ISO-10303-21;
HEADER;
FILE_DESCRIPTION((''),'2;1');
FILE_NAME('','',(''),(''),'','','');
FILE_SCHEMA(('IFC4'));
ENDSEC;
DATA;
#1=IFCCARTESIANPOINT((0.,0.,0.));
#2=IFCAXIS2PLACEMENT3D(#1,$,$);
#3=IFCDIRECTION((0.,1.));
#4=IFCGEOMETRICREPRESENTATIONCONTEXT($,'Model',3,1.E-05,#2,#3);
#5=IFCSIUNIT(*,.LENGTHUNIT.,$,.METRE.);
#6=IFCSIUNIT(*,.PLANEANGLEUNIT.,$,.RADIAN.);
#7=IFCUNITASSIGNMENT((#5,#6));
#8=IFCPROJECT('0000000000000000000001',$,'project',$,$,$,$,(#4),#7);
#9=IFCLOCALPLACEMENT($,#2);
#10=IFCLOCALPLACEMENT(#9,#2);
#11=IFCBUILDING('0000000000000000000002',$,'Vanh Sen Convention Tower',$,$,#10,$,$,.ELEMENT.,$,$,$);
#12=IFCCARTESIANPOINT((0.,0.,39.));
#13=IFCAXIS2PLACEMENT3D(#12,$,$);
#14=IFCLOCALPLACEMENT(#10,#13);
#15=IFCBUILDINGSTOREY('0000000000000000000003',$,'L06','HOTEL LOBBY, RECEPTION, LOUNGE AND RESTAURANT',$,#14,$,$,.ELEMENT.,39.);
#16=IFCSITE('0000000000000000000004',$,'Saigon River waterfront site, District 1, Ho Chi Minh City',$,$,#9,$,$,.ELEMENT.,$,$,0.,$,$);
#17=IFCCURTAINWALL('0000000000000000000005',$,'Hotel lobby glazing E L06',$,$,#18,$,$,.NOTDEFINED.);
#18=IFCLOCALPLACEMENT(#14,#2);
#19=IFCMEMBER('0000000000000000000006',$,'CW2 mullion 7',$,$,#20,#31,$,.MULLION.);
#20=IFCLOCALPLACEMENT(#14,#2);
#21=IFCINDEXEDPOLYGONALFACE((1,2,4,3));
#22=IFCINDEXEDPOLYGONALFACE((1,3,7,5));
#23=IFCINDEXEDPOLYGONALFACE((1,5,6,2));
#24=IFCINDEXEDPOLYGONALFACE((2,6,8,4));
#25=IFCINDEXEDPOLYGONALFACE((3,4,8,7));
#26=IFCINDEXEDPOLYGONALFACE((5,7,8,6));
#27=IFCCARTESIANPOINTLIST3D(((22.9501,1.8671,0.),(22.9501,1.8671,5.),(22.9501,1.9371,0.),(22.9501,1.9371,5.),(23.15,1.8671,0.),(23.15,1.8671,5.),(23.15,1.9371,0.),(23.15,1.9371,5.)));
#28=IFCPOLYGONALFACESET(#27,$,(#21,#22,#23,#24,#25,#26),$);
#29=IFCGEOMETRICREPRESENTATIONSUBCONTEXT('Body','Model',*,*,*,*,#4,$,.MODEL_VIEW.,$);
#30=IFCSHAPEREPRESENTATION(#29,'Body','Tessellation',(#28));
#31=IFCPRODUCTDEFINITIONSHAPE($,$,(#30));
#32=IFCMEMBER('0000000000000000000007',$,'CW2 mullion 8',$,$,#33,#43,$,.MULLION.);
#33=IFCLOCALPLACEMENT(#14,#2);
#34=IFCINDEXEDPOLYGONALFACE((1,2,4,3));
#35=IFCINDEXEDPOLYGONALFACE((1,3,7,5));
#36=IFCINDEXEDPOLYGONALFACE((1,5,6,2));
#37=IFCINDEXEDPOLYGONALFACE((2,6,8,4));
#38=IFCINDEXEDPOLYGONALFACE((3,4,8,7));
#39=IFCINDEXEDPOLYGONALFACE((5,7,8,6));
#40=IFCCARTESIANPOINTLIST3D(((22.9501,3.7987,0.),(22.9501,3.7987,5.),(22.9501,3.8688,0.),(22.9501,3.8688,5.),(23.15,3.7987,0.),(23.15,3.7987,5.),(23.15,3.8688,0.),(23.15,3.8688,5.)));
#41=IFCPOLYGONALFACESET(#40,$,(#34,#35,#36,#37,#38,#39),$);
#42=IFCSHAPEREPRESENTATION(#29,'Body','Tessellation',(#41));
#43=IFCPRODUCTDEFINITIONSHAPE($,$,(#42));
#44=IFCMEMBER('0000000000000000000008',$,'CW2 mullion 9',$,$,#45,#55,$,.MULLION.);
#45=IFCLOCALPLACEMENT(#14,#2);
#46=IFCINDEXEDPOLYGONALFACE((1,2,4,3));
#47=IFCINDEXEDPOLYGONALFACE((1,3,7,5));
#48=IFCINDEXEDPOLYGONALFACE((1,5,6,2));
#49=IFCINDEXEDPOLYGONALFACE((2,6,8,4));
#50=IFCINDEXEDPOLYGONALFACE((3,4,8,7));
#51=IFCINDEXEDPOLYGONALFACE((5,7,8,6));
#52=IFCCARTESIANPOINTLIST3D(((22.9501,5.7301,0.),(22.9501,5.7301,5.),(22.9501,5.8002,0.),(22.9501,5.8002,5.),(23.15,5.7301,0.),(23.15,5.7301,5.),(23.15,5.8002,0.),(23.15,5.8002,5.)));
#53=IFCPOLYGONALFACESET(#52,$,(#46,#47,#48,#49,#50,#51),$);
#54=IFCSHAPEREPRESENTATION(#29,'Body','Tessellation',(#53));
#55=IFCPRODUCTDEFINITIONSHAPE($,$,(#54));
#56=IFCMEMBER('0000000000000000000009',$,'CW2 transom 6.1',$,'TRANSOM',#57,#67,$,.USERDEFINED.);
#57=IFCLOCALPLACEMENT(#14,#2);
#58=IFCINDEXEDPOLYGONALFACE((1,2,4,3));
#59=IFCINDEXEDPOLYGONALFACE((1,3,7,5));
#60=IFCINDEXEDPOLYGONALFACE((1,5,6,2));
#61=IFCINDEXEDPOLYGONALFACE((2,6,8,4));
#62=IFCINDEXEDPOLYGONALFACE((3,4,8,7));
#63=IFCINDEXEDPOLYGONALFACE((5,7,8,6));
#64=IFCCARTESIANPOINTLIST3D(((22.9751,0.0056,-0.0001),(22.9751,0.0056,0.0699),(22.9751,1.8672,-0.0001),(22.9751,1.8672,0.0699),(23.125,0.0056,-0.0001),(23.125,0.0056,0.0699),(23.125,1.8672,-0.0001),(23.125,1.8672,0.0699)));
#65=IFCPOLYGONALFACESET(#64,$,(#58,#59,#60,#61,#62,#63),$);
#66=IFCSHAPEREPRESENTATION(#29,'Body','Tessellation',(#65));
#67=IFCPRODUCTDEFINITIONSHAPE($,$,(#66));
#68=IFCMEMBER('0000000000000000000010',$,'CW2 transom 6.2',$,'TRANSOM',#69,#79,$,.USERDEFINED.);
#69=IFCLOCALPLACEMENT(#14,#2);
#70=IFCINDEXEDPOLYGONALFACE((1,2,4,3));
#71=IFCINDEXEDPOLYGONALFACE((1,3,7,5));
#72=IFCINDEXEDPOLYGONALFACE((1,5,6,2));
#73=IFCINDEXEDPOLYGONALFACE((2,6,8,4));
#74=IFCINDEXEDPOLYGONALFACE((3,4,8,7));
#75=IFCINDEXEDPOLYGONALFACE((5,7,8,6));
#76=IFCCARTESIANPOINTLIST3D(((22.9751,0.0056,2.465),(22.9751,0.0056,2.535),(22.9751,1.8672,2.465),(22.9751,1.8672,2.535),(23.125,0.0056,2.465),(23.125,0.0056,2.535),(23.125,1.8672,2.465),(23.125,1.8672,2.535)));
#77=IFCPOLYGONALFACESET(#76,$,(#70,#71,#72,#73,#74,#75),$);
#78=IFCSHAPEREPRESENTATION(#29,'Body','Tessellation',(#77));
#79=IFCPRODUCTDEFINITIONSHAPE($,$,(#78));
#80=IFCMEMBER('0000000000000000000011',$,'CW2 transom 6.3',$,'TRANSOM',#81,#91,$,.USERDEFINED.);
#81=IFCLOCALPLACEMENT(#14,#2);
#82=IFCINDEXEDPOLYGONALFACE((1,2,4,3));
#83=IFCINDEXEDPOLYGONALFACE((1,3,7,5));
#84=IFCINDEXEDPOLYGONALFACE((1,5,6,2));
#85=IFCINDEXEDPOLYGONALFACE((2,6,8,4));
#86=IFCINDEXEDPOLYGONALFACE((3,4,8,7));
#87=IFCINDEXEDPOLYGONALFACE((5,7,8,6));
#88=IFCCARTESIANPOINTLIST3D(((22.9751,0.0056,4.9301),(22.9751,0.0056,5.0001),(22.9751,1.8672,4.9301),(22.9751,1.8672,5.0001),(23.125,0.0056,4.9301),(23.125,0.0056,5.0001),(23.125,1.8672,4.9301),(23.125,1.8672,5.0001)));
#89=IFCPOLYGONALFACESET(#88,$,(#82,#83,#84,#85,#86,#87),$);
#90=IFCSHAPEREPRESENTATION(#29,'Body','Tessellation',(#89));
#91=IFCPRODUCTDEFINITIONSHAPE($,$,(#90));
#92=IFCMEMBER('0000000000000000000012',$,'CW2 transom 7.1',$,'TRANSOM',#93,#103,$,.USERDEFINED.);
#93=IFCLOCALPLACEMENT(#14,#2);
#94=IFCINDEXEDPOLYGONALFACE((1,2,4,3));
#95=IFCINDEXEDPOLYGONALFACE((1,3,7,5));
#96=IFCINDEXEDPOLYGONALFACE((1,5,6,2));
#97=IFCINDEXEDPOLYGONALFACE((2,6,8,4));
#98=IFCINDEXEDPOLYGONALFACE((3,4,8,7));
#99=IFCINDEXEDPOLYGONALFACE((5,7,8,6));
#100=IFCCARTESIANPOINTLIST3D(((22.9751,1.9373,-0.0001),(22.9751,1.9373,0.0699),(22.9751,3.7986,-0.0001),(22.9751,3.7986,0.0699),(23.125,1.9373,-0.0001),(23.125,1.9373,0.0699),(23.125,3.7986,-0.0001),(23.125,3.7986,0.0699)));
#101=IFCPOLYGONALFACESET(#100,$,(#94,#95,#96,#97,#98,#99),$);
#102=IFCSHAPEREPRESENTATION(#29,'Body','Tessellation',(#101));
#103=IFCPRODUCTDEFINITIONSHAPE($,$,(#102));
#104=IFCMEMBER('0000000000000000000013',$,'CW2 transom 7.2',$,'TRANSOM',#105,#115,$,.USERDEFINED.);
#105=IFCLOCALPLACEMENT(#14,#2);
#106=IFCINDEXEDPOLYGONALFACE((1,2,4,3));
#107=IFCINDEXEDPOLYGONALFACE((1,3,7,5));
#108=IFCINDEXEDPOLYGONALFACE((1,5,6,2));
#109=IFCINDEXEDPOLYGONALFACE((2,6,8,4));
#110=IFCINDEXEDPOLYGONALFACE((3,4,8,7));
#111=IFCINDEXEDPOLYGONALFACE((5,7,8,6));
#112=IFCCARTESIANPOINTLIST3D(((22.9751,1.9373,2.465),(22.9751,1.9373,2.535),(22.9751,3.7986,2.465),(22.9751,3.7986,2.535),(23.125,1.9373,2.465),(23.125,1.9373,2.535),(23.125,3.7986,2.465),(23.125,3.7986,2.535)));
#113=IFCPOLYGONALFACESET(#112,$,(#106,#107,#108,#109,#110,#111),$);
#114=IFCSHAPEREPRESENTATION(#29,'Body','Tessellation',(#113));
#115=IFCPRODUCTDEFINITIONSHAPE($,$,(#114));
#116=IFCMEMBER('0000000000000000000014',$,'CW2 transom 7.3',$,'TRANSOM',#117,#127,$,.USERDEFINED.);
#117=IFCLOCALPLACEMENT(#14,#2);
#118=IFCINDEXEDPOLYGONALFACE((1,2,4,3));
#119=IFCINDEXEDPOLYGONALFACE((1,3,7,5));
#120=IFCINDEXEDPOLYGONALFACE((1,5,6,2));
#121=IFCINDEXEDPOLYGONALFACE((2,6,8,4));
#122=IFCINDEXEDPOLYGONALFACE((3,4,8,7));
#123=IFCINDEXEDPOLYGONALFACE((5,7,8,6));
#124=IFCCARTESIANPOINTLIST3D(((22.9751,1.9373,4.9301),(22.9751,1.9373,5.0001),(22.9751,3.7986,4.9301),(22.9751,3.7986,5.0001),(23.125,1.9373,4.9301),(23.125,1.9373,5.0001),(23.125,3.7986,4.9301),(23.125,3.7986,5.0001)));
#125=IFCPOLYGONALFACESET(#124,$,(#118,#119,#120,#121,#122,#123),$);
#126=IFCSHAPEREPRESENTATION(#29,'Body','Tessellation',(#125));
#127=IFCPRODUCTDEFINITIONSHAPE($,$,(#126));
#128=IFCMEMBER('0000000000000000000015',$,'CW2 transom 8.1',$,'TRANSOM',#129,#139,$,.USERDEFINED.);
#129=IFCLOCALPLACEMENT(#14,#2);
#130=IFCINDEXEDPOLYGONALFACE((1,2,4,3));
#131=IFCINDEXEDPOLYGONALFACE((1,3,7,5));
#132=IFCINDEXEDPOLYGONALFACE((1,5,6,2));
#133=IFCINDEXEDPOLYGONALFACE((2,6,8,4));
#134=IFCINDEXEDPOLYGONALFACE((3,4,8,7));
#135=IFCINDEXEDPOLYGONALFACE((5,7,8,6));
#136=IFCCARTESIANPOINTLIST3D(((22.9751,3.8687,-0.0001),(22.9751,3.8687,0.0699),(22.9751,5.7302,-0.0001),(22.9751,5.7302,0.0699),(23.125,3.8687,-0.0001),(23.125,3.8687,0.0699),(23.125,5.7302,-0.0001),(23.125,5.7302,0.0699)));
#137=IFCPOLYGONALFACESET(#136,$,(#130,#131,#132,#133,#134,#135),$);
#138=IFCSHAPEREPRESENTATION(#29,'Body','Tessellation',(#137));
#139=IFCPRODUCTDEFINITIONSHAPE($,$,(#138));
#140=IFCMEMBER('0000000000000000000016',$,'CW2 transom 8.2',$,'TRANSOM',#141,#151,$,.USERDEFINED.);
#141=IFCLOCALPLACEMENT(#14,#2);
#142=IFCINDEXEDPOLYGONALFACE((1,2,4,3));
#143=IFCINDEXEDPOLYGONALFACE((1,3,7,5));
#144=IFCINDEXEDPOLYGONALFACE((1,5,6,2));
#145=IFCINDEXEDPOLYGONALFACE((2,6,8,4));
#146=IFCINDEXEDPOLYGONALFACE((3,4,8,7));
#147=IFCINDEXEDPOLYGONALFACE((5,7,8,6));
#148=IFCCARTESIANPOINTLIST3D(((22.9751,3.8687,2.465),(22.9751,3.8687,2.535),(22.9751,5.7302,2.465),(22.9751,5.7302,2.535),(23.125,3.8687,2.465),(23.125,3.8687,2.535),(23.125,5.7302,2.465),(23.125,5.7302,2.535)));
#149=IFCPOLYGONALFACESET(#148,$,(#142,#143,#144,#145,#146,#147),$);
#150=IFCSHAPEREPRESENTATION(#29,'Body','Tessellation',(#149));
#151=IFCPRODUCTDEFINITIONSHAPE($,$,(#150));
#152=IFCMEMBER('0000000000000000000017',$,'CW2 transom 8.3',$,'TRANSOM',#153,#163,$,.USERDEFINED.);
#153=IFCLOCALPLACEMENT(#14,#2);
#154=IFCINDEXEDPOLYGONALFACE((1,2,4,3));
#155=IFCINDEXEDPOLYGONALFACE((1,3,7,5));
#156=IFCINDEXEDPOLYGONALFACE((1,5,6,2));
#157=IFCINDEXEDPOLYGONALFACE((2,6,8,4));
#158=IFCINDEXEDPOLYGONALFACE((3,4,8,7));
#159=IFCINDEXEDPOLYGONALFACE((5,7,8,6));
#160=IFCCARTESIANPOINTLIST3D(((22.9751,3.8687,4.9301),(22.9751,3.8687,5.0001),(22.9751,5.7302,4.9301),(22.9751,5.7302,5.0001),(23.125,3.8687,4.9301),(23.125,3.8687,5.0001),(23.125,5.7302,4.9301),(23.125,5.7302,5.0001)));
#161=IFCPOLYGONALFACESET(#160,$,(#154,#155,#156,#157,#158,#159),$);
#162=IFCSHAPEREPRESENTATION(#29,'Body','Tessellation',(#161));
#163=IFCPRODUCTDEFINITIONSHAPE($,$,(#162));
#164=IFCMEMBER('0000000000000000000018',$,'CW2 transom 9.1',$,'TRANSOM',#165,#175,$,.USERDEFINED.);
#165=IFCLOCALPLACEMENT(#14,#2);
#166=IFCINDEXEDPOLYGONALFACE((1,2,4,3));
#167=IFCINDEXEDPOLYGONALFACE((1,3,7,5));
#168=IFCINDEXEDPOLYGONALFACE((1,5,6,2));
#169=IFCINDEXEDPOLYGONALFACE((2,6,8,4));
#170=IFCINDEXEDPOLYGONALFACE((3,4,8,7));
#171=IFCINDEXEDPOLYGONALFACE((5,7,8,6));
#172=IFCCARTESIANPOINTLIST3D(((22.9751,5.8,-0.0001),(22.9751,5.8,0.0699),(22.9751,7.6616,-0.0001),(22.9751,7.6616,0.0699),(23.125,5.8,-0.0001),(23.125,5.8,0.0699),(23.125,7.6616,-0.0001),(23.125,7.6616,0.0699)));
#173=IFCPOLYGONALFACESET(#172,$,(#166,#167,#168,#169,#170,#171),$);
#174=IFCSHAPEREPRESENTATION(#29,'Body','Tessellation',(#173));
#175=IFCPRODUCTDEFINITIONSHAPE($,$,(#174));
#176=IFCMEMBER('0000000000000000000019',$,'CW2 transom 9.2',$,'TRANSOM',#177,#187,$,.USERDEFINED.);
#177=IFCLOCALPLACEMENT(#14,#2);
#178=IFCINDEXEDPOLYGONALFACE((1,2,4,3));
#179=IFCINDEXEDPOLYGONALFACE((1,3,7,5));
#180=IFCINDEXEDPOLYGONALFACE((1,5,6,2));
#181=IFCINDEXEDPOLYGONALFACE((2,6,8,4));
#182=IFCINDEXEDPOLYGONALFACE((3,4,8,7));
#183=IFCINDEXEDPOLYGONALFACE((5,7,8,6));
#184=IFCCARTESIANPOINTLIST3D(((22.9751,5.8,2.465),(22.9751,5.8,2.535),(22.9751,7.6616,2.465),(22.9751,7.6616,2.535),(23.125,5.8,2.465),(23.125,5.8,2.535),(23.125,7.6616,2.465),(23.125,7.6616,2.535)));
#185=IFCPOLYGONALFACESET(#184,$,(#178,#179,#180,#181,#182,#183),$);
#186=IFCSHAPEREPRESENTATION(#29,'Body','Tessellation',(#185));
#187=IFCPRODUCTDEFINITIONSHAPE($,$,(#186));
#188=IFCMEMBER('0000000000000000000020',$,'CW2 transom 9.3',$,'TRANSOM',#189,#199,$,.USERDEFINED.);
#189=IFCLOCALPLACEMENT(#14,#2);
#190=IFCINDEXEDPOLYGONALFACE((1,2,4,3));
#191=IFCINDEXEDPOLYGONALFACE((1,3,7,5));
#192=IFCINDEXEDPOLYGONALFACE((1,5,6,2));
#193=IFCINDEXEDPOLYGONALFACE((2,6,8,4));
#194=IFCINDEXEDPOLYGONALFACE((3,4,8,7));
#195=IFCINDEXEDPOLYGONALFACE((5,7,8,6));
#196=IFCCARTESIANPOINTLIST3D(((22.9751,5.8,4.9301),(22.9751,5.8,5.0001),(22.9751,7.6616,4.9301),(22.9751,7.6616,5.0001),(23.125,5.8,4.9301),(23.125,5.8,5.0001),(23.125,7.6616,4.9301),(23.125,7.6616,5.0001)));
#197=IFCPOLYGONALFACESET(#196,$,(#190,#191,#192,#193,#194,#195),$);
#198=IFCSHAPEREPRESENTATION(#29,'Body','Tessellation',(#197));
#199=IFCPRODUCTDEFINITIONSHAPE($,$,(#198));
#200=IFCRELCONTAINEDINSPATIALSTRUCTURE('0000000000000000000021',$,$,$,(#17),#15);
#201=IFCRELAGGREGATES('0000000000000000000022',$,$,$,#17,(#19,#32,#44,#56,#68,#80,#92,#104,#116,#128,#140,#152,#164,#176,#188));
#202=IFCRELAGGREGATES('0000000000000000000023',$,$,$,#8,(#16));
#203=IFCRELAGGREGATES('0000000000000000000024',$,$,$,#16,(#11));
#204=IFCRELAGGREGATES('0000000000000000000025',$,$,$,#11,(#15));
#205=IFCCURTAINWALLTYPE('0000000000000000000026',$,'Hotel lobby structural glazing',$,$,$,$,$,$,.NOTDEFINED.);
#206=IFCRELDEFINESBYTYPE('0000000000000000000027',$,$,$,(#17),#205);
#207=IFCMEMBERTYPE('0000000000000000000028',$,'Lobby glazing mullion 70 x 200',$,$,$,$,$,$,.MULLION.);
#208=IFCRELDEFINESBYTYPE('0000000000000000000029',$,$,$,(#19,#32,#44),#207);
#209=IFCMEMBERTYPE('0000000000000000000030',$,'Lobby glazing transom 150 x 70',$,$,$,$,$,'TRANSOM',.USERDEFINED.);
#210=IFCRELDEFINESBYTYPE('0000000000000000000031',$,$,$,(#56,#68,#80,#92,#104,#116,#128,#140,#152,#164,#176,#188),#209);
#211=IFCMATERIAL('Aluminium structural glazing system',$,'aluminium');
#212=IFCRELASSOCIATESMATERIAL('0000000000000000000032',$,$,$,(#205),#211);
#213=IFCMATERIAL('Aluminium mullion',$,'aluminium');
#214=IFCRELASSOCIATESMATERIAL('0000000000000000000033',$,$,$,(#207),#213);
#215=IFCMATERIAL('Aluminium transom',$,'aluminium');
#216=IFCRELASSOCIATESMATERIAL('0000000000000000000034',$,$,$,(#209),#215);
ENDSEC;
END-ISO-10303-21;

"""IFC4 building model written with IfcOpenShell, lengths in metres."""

from ifc_helpers import new_model, si_unit, direction, frame, origin, origin_2d, place, context, subcontext, project, spatial, rectangle, extrude, material, material_profile, profile_set, type_object, element, aggregate, save


model = new_model("IFC4")

# Units and contexts
model_context = context("Model", 3, precision=1e-05, world=origin(), true_north=direction((0.0, 1.0)))
body_context = subcontext(model_context, "Body", "Model", "MODEL_VIEW")
ifc_project = project(units=[si_unit("LENGTHUNIT", "METRE"), si_unit("PLANEANGLEUNIT", "RADIAN")], contexts=[model_context])

# Site, building, storey
site_placement = place(None, origin())
site = spatial("IfcSite", under=ifc_project, at=site_placement, Name="Saigon River waterfront site, District 1, Ho Chi Minh City", CompositionType="ELEMENT", RefElevation=0.0)
building_placement = place(site_placement, origin())
building = spatial("IfcBuilding", under=site, at=building_placement, Name="Vanh Sen Convention Tower", CompositionType="ELEMENT")
storey_placement = place(building_placement, frame((0.0, 0.0, 39.0)))
storey = spatial("IfcBuildingStorey", under=building, at=storey_placement, Name="L06", Description="HOTEL LOBBY, RECEPTION, LOUNGE AND RESTAURANT", CompositionType="ELEMENT", Elevation=39.0)

# Curtain wall, members
ifc_material_1 = material(Name="Aluminium structural glazing system", Category="aluminium")
curtain_wall_type_1 = type_object("IfcCurtainWallType", Name="Hotel lobby structural glazing", PredefinedType="NOTDEFINED", material=ifc_material_1)
curtain_wall_1_placement = place(storey_placement, origin())
curtain_wall_1 = element("IfcCurtainWall", 1, at=curtain_wall_1_placement, inside=storey, type_object=curtain_wall_type_1, Name="Hotel lobby glazing E L06", PredefinedType="NOTDEFINED")
ifc_material_2 = material(Name="Aluminium mullion", Category="aluminium")
ifc_material_profile_1 = material_profile(ifc_material_2, rectangle(XDim=0.2, YDim=0.0701, at=origin_2d()), Name="Lobby glazing mullion 70 x 200")
ifc_profile_set_1 = profile_set([ifc_material_profile_1], Name="Aluminium mullion")
member_type_1 = type_object("IfcMemberType", Name="Lobby glazing mullion 70 x 200", PredefinedType="MULLION", material=ifc_profile_set_1)
member_1_placement = place(storey_placement, frame((23.05, 1.9021, 0.0), z_axis=(0.0, 0.0, 1.0), x_axis=(-1.0, 0.0, 0.0)))
member_1 = element("IfcMember", 2, at=member_1_placement, type_object=member_type_1, Name="CW2 mullion 7", PredefinedType="MULLION", context=body_context, shape_type="SweptSolid", body=[
    extrude(rectangle(XDim=0.2, YDim=0.0701, at=origin_2d()), origin(), (0.0, 0.0, 1.0), 5.0),
])
member_2_placement = place(storey_placement, frame((23.05, 3.8337, 0.0), z_axis=(0.0, 0.0, 1.0), x_axis=(-1.0, 0.0, 0.0)))
member_2 = element("IfcMember", 3, at=member_2_placement, type_object=member_type_1, Name="CW2 mullion 8", PredefinedType="MULLION", context=body_context, shape_type="SweptSolid", body=[
    extrude(rectangle(XDim=0.2, YDim=0.0701, at=origin_2d()), origin(), (0.0, 0.0, 1.0), 5.0),
])
member_3_placement = place(storey_placement, frame((23.05, 5.7651, 0.0), z_axis=(0.0, 0.0, 1.0), x_axis=(-1.0, 0.0, 0.0)))
member_3 = element("IfcMember", 4, at=member_3_placement, type_object=member_type_1, Name="CW2 mullion 9", PredefinedType="MULLION", context=body_context, shape_type="SweptSolid", body=[
    extrude(rectangle(XDim=0.2, YDim=0.0701, at=origin_2d()), origin(), (0.0, 0.0, 1.0), 5.0),
])
ifc_material_3 = material(Name="Aluminium transom", Category="aluminium")
ifc_material_profile_2 = material_profile(ifc_material_3, rectangle(XDim=0.1499, YDim=0.0701, at=origin_2d()), Name="Lobby glazing transom 150 x 70")
ifc_profile_set_2 = profile_set([ifc_material_profile_2], Name="Aluminium transom")
member_type_2 = type_object("IfcMemberType", Name="Lobby glazing transom 150 x 70", ElementType="TRANSOM", PredefinedType="USERDEFINED", material=ifc_profile_set_2)
member_4_placement = place(storey_placement, frame((23.05, 0.0056, 0.0349), z_axis=(0.0, 1.0, 0.0), x_axis=(-1.0, 0.0, 0.0)))
member_4 = element("IfcMember", 5, at=member_4_placement, type_object=member_type_2, Name="CW2 transom 6.1", ObjectType="TRANSOM", PredefinedType="USERDEFINED", context=body_context, shape_type="SweptSolid", body=[
    extrude(rectangle(XDim=0.1499, YDim=0.0701, at=origin_2d()), origin(), (0.0, 0.0, 1.0), 1.8616),
])
member_5_placement = place(storey_placement, frame((23.05, 0.0056, 2.5), z_axis=(0.0, 1.0, 0.0), x_axis=(-1.0, 0.0, 0.0)))
member_5 = element("IfcMember", 6, at=member_5_placement, type_object=member_type_2, Name="CW2 transom 6.2", ObjectType="TRANSOM", PredefinedType="USERDEFINED", context=body_context, shape_type="SweptSolid", body=[
    extrude(rectangle(XDim=0.1499, YDim=0.0701, at=origin_2d()), origin(), (0.0, 0.0, 1.0), 1.8616),
])
member_6_placement = place(storey_placement, frame((23.05, 0.0056, 4.9651), z_axis=(0.0, 1.0, 0.0), x_axis=(-1.0, 0.0, 0.0)))
member_6 = element("IfcMember", 7, at=member_6_placement, type_object=member_type_2, Name="CW2 transom 6.3", ObjectType="TRANSOM", PredefinedType="USERDEFINED", context=body_context, shape_type="SweptSolid", body=[
    extrude(rectangle(XDim=0.1499, YDim=0.0701, at=origin_2d()), origin(), (0.0, 0.0, 1.0), 1.8616),
])
member_7_placement = place(storey_placement, frame((23.05, 1.9373, 0.0349), z_axis=(0.0, 1.0, 0.0), x_axis=(-1.0, 0.0, 0.0)))
member_7 = element("IfcMember", 8, at=member_7_placement, type_object=member_type_2, Name="CW2 transom 7.1", ObjectType="TRANSOM", PredefinedType="USERDEFINED", context=body_context, shape_type="SweptSolid", body=[
    extrude(rectangle(XDim=0.1499, YDim=0.0701, at=origin_2d()), origin(), (0.0, 0.0, 1.0), 1.8613),
])
member_8_placement = place(storey_placement, frame((23.05, 1.9373, 2.5), z_axis=(0.0, 1.0, 0.0), x_axis=(-1.0, 0.0, 0.0)))
member_8 = element("IfcMember", 9, at=member_8_placement, type_object=member_type_2, Name="CW2 transom 7.2", ObjectType="TRANSOM", PredefinedType="USERDEFINED", context=body_context, shape_type="SweptSolid", body=[
    extrude(rectangle(XDim=0.1499, YDim=0.0701, at=origin_2d()), origin(), (0.0, 0.0, 1.0), 1.8613),
])
member_9_placement = place(storey_placement, frame((23.05, 1.9373, 4.9651), z_axis=(0.0, 1.0, 0.0), x_axis=(-1.0, 0.0, 0.0)))
member_9 = element("IfcMember", 10, at=member_9_placement, type_object=member_type_2, Name="CW2 transom 7.3", ObjectType="TRANSOM", PredefinedType="USERDEFINED", context=body_context, shape_type="SweptSolid", body=[
    extrude(rectangle(XDim=0.1499, YDim=0.0701, at=origin_2d()), origin(), (0.0, 0.0, 1.0), 1.8613),
])
member_10_placement = place(storey_placement, frame((23.05, 3.8687, 0.0349), z_axis=(0.0, 1.0, 0.0), x_axis=(-1.0, 0.0, 0.0)))
member_10 = element("IfcMember", 11, at=member_10_placement, type_object=member_type_2, Name="CW2 transom 8.1", ObjectType="TRANSOM", PredefinedType="USERDEFINED", context=body_context, shape_type="SweptSolid", body=[
    extrude(rectangle(XDim=0.1499, YDim=0.0701, at=origin_2d()), origin(), (0.0, 0.0, 1.0), 1.8616),
])
member_11_placement = place(storey_placement, frame((23.05, 3.8687, 2.5), z_axis=(0.0, 1.0, 0.0), x_axis=(-1.0, 0.0, 0.0)))
member_11 = element("IfcMember", 12, at=member_11_placement, type_object=member_type_2, Name="CW2 transom 8.2", ObjectType="TRANSOM", PredefinedType="USERDEFINED", context=body_context, shape_type="SweptSolid", body=[
    extrude(rectangle(XDim=0.1499, YDim=0.0701, at=origin_2d()), origin(), (0.0, 0.0, 1.0), 1.8616),
])
member_12_placement = place(storey_placement, frame((23.05, 3.8687, 4.9651), z_axis=(0.0, 1.0, 0.0), x_axis=(-1.0, 0.0, 0.0)))
member_12 = element("IfcMember", 13, at=member_12_placement, type_object=member_type_2, Name="CW2 transom 8.3", ObjectType="TRANSOM", PredefinedType="USERDEFINED", context=body_context, shape_type="SweptSolid", body=[
    extrude(rectangle(XDim=0.1499, YDim=0.0701, at=origin_2d()), origin(), (0.0, 0.0, 1.0), 1.8616),
])
member_13_placement = place(storey_placement, frame((23.05, 5.8, 0.0349), z_axis=(0.0, 1.0, 0.0), x_axis=(-1.0, 0.0, 0.0)))
member_13 = element("IfcMember", 14, at=member_13_placement, type_object=member_type_2, Name="CW2 transom 9.1", ObjectType="TRANSOM", PredefinedType="USERDEFINED", context=body_context, shape_type="SweptSolid", body=[
    extrude(rectangle(XDim=0.1499, YDim=0.0701, at=origin_2d()), origin(), (0.0, 0.0, 1.0), 1.8616),
])
member_14_placement = place(storey_placement, frame((23.05, 5.8, 2.5), z_axis=(0.0, 1.0, 0.0), x_axis=(-1.0, 0.0, 0.0)))
member_14 = element("IfcMember", 15, at=member_14_placement, type_object=member_type_2, Name="CW2 transom 9.2", ObjectType="TRANSOM", PredefinedType="USERDEFINED", context=body_context, shape_type="SweptSolid", body=[
    extrude(rectangle(XDim=0.1499, YDim=0.0701, at=origin_2d()), origin(), (0.0, 0.0, 1.0), 1.8616),
])
member_15_placement = place(storey_placement, frame((23.05, 5.8, 4.9651), z_axis=(0.0, 1.0, 0.0), x_axis=(-1.0, 0.0, 0.0)))
member_15 = element("IfcMember", 16, at=member_15_placement, type_object=member_type_2, Name="CW2 transom 9.3", ObjectType="TRANSOM", PredefinedType="USERDEFINED", context=body_context, shape_type="SweptSolid", body=[
    extrude(rectangle(XDim=0.1499, YDim=0.0701, at=origin_2d()), origin(), (0.0, 0.0, 1.0), 1.8616),
])

aggregate(curtain_wall_1, [member_1, member_2, member_3, member_4, member_5, member_6, member_7, member_8, member_9, member_10, member_11, member_12, member_13, member_14, member_15])

save(model, "model.ifc")
